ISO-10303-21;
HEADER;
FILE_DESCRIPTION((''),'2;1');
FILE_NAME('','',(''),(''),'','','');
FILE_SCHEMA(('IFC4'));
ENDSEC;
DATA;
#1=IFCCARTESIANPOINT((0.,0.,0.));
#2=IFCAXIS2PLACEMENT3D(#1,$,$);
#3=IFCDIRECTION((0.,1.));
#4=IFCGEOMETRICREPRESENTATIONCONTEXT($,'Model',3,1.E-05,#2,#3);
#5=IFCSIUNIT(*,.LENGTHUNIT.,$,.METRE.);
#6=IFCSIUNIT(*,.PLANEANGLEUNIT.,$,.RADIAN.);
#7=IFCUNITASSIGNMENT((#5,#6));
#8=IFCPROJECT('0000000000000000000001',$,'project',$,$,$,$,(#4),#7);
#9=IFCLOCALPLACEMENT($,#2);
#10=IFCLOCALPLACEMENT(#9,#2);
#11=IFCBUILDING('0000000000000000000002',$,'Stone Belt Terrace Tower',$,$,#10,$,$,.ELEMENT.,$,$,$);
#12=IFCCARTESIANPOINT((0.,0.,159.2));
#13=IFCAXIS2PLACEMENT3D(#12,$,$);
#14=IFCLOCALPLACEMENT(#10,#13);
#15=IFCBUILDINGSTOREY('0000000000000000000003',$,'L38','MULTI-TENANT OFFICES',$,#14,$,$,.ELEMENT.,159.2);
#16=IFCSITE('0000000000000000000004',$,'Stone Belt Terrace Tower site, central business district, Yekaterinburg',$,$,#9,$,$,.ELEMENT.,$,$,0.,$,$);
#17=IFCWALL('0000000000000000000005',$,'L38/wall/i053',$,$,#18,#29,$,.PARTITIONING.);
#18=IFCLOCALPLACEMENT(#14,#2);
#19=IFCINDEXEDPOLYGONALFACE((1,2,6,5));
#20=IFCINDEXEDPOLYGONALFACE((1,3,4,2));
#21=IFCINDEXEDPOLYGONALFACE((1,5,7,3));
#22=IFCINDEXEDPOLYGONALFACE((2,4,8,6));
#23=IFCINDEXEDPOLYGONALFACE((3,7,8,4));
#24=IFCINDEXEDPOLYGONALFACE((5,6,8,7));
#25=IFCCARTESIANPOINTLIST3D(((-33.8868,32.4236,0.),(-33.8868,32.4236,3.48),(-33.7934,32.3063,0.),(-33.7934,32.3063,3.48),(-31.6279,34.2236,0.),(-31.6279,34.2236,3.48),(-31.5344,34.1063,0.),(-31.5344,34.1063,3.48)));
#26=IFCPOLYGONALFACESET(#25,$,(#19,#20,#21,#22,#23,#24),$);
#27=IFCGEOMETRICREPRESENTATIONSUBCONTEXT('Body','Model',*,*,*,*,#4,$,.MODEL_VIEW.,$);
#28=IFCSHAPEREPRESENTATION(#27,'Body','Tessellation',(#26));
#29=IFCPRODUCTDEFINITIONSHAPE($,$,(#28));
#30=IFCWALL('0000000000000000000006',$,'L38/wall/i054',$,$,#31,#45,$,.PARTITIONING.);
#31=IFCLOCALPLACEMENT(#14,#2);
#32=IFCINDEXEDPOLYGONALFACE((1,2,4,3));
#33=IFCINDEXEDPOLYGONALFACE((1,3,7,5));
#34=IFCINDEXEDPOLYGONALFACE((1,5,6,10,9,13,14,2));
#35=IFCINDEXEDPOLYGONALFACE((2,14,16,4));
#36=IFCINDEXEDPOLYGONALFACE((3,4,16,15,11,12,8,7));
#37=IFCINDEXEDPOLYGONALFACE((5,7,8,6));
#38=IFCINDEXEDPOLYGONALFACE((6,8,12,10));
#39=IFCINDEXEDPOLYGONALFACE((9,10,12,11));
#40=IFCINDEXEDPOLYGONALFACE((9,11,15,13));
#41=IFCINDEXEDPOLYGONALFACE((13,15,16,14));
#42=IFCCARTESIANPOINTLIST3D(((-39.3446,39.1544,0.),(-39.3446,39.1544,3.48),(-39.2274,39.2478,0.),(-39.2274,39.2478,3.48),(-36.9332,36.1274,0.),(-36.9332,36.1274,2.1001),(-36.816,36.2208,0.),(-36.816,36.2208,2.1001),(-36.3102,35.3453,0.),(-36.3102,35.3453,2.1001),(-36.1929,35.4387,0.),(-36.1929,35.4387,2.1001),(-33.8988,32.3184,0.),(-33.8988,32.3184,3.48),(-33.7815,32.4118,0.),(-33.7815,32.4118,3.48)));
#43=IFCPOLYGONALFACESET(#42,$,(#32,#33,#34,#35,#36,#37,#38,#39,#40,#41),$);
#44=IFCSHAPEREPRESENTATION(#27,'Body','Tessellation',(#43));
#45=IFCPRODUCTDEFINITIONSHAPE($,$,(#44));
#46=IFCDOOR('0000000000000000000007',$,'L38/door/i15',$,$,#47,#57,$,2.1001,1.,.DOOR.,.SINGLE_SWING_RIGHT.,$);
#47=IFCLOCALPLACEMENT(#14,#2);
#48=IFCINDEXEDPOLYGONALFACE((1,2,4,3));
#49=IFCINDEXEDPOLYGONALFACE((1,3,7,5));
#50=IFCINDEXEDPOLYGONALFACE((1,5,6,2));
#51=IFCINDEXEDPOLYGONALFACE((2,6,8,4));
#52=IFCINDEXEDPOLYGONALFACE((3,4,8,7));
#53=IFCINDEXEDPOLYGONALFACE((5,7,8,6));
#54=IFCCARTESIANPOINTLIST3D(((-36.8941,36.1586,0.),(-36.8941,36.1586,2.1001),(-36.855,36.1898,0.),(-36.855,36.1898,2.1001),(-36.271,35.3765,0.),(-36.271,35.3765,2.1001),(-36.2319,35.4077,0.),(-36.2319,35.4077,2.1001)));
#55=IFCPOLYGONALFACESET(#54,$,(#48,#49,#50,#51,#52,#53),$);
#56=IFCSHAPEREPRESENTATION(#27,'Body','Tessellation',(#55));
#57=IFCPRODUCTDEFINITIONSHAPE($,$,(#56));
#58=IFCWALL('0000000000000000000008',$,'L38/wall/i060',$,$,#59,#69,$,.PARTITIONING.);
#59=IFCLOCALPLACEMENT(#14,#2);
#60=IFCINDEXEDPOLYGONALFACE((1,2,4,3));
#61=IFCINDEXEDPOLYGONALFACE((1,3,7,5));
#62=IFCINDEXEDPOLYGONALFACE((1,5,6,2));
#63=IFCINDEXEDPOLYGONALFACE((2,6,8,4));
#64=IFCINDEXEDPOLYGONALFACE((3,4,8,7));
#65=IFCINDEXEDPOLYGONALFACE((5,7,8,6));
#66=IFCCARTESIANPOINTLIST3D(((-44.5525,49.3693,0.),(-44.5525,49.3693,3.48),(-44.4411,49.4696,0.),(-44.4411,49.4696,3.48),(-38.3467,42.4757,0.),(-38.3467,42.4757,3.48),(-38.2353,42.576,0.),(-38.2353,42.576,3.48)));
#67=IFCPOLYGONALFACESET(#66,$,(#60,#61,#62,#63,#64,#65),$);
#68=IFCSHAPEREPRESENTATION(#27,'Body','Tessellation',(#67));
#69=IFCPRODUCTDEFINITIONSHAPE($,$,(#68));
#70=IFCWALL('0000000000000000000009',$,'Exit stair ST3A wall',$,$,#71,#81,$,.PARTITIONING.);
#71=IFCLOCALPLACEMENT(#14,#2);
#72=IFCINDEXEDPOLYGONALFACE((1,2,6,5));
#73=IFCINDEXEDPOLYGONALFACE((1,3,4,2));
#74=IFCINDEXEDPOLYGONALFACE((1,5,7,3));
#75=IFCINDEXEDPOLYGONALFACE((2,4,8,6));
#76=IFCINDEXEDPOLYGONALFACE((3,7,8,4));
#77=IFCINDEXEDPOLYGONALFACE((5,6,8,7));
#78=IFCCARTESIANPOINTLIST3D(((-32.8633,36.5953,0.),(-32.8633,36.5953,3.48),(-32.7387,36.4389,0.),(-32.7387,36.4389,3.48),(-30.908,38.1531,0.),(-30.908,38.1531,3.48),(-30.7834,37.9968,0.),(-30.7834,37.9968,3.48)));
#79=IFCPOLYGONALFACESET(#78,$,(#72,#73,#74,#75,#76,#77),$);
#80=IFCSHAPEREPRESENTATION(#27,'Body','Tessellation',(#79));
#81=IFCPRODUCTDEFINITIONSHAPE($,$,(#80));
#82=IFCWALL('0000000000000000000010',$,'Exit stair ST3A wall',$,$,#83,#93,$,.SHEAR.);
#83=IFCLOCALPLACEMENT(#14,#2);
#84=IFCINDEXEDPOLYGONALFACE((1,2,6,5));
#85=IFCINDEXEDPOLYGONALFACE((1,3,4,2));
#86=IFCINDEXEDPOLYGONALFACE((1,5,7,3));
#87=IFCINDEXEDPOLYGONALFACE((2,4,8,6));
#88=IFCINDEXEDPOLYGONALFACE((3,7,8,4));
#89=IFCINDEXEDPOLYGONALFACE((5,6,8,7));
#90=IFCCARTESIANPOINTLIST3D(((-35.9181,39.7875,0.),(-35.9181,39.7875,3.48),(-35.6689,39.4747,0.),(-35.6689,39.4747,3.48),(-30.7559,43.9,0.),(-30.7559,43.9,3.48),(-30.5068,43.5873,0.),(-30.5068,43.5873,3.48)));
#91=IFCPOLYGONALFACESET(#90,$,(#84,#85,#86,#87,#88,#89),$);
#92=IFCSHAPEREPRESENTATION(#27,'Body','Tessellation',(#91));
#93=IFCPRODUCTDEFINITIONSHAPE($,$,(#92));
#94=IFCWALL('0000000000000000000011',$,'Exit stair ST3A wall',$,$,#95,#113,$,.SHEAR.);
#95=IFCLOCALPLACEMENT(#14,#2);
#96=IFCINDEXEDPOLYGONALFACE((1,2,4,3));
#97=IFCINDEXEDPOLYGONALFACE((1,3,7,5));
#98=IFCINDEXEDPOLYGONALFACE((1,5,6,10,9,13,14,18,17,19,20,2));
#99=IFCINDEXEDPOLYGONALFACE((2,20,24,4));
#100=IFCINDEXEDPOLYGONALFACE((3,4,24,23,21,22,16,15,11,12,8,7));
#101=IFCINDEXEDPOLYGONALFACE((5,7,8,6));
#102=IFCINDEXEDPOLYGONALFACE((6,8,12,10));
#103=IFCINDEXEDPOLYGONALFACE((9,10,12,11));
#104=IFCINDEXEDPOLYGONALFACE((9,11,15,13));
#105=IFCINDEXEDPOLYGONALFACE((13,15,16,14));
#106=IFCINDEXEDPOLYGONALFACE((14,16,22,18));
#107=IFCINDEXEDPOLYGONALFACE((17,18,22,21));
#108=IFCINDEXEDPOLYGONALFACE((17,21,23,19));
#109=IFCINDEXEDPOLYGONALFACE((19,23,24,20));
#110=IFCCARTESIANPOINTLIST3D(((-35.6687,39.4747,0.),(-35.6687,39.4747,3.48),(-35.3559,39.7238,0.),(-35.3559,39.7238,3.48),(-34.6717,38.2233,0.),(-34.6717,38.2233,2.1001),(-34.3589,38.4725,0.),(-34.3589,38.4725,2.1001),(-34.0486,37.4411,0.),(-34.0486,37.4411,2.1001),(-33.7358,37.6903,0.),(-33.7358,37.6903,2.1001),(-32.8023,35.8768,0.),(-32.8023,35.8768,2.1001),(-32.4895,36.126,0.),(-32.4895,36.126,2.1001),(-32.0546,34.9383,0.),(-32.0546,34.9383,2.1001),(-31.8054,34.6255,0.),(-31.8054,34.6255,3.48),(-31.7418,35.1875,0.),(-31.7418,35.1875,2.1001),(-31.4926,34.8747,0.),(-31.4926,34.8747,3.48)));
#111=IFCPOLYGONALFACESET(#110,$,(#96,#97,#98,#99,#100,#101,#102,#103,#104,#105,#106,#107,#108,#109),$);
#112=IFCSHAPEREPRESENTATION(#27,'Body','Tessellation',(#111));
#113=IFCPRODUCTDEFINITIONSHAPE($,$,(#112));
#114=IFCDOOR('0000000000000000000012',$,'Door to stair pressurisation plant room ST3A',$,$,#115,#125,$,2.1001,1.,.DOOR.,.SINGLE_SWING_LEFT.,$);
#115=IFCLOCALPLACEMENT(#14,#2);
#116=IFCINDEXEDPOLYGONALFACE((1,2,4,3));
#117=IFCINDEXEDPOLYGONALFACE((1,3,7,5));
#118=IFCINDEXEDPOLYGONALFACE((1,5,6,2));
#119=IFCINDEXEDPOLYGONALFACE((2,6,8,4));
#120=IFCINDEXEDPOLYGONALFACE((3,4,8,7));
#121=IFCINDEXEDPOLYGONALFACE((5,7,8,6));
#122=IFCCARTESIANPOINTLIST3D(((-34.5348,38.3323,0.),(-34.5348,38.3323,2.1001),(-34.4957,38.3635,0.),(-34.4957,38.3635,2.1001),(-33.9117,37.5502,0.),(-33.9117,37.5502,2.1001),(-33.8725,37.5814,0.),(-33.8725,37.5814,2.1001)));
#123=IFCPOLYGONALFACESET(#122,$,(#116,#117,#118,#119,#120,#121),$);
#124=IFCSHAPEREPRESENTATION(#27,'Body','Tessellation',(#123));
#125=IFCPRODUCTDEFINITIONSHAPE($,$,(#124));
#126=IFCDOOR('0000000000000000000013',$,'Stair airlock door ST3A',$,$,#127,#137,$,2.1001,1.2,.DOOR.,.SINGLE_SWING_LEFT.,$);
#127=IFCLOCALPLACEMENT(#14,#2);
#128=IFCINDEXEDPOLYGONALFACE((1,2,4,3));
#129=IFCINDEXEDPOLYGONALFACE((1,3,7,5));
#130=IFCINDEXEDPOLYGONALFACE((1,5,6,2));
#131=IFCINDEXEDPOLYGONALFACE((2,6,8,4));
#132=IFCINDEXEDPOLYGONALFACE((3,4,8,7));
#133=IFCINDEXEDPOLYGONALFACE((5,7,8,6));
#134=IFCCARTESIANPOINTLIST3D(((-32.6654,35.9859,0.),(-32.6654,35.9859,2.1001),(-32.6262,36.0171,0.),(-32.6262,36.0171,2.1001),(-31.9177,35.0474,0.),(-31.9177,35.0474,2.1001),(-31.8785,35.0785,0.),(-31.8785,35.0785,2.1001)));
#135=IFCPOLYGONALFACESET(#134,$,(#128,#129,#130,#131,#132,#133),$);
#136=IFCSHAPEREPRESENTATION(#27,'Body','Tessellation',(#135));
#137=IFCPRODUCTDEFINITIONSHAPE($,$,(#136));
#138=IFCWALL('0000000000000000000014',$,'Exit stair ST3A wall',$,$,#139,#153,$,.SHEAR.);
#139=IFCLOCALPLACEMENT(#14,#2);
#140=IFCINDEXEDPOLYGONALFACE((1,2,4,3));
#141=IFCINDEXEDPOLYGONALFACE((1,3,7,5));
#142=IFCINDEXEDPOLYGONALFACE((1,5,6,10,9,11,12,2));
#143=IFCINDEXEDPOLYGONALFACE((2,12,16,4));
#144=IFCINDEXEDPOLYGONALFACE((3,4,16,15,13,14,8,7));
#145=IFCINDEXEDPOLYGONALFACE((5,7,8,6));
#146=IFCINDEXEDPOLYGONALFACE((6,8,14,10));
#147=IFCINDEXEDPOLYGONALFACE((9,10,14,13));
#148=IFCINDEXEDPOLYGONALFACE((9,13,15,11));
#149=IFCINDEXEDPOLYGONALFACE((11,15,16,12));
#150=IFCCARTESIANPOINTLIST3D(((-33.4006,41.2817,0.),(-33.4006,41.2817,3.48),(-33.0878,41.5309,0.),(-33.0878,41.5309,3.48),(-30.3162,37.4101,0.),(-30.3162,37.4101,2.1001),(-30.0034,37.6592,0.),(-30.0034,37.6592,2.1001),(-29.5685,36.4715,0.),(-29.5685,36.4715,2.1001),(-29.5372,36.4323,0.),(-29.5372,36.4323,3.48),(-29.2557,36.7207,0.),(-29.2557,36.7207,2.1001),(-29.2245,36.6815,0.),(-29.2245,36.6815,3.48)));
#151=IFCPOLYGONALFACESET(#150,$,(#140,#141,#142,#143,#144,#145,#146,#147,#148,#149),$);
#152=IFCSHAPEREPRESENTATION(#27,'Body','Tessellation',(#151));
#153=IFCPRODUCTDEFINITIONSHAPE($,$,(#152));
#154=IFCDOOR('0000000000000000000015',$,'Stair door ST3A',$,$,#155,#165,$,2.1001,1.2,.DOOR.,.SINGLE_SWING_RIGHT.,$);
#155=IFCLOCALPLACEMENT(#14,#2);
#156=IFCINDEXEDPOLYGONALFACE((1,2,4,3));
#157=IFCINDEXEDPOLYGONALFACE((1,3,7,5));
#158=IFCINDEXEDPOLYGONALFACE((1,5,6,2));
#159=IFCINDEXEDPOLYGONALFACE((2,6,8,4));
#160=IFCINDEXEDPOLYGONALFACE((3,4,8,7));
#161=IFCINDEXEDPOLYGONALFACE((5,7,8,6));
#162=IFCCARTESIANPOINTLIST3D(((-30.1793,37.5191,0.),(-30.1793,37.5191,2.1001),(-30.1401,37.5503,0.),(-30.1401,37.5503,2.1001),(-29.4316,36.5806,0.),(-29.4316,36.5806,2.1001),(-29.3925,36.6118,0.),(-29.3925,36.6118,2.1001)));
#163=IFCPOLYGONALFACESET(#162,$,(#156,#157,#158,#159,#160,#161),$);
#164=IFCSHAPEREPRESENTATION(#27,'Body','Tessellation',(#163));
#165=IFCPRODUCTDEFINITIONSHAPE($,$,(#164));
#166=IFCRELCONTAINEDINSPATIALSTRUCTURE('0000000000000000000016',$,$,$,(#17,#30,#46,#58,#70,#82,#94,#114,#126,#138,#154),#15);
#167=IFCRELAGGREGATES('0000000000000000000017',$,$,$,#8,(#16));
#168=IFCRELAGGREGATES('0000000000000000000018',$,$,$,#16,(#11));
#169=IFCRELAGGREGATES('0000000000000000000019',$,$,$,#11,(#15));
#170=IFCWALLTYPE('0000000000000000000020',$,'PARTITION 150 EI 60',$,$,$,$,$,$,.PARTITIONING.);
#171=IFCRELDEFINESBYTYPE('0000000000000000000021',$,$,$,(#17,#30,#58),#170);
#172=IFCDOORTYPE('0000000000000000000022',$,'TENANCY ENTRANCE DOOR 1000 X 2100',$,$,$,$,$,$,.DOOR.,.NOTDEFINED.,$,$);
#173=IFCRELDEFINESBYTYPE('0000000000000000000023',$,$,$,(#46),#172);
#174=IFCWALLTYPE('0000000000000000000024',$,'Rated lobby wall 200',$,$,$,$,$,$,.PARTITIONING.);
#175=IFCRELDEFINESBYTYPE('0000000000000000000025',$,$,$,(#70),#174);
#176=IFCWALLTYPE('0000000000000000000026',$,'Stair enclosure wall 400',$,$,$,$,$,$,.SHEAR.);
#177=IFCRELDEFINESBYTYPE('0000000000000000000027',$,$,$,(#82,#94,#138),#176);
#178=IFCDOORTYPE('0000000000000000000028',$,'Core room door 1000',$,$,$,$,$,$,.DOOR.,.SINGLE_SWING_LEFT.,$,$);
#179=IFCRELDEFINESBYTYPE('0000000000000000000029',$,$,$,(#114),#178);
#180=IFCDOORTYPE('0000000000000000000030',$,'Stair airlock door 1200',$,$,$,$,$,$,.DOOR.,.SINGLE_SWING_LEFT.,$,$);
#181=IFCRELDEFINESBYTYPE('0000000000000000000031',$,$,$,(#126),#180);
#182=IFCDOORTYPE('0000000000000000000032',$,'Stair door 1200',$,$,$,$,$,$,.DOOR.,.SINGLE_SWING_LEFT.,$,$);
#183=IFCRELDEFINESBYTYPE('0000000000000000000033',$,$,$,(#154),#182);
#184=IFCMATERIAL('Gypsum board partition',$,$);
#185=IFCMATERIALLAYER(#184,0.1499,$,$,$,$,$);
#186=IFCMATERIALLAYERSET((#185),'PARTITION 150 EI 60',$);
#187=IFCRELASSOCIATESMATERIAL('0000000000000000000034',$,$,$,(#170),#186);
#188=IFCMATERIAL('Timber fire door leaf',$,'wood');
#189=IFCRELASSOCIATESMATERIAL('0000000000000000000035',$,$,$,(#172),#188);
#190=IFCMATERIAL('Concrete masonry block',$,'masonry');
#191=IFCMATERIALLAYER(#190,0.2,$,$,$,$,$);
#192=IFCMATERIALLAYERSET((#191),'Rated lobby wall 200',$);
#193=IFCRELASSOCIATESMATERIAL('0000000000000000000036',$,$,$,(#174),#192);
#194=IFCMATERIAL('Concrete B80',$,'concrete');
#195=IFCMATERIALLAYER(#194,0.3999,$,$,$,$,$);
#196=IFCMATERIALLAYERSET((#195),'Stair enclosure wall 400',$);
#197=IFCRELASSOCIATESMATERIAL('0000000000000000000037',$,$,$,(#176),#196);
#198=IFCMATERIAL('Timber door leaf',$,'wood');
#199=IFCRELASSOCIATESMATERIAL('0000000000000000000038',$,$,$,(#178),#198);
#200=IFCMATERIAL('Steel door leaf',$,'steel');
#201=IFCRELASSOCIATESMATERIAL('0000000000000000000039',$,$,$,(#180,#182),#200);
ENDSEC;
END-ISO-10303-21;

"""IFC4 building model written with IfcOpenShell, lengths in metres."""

from ifc_helpers import new_model, si_unit, direction, frame, frame_2d, origin, place, context, subcontext, project, spatial, rectangle, extrude, material, layer, layer_set, type_object, element, fill, save


model = new_model("IFC4")

# Units and contexts
model_context = context("Model", 3, precision=1e-05, world=origin(), true_north=direction((0.0, 1.0)))
body_context = subcontext(model_context, "Body", "Model", "MODEL_VIEW")
ifc_project = project(units=[si_unit("LENGTHUNIT", "METRE"), si_unit("PLANEANGLEUNIT", "RADIAN")], contexts=[model_context])

# Site, building, storey
site_placement = place(None, origin())
site = spatial("IfcSite", under=ifc_project, at=site_placement, Name="Stone Belt Terrace Tower site, central business district, Yekaterinburg", CompositionType="ELEMENT", RefElevation=0.0)
building_placement = place(site_placement, origin())
building = spatial("IfcBuilding", under=site, at=building_placement, Name="Stone Belt Terrace Tower", CompositionType="ELEMENT")
storey_placement = place(building_placement, frame((0.0, 0.0, 159.2)))
storey = spatial("IfcBuildingStorey", under=building, at=storey_placement, Name="L38", Description="MULTI-TENANT OFFICES", CompositionType="ELEMENT", Elevation=159.2)

# Shared definitions
ifc_material_1 = material(Name="Concrete B80", Category="concrete")

# Wall
ifc_material_2 = material(Name="Gypsum board partition")
ifc_layer_1 = layer(ifc_material_2, 0.1499)
ifc_layer_set_1 = layer_set([ifc_layer_1], Name="PARTITION 150 EI 60")
wall_type_1 = type_object("IfcWallType", Name="PARTITION 150 EI 60", PredefinedType="PARTITIONING", material=ifc_layer_set_1)
wall_1_placement = place(storey_placement, frame((-31.5811, 34.165, 0.0), z_axis=(0.0, 0.0, 1.0), x_axis=(-0.78208, -0.623179, 0.0)))
element("IfcWall", 1, at=wall_1_placement, inside=storey, type_object=wall_type_1, Name="L38/wall/i053", PredefinedType="PARTITIONING", context=body_context, shape_type="SweptSolid", body=[
    extrude(rectangle(XDim=2.8884, YDim=0.1499, at=frame_2d((1.4443, 0.0))), origin(), (0.0, 0.0, 1.0), 3.48),
])

# Wall, opening, door
wall_2_placement = place(storey_placement, frame((-33.8401, 32.365, 0.0), z_axis=(0.0, 0.0, 1.0), x_axis=(-0.623093, 0.782148, 0.0)))
wall_2 = element("IfcWall", 2, at=wall_2_placement, inside=storey, type_object=wall_type_1, Name="L38/wall/i054", PredefinedType="PARTITIONING", context=body_context, shape_type="SweptSolid", body=[
    extrude(rectangle(XDim=8.74, YDim=0.1499, at=frame_2d((4.3701, 0.0))), origin(), (0.0, 0.0, 1.0), 3.48),
])
opening_1_placement = place(wall_2_placement, frame((3.8701, 0.0, 0.0)))
opening_1 = element("IfcOpeningElement", 3, at=opening_1_placement, cuts=wall_2, PredefinedType="OPENING", context=body_context, shape_type="SweptSolid", body=[
    extrude(rectangle(XDim=1.0, YDim=2.1001, at=frame_2d((0.5, 1.05))), frame((0.0, 0.085, 0.0), z_axis=(0.0, -1.0, 0.0), x_axis=(1.0, 0.0, 0.0)), (0.0, 0.0, 1.0), 0.1699),
])
ifc_material_3 = material(Name="Timber fire door leaf", Category="wood")
door_type_1 = type_object("IfcDoorType", Name="TENANCY ENTRANCE DOOR 1000 X 2100", OperationType="NOTDEFINED", PredefinedType="DOOR", material=ifc_material_3)
door_1_placement = place(opening_1_placement, origin())
door_1 = element("IfcDoor", 4, at=door_1_placement, inside=storey, type_object=door_type_1, Name="L38/door/i15", OperationType="SINGLE_SWING_RIGHT", OverallHeight=2.1001, OverallWidth=1.0, PredefinedType="DOOR", context=body_context, shape_type="SweptSolid", body=[
    extrude(rectangle(XDim=1.0, YDim=2.1001, at=frame_2d((0.5, 1.05))), frame((0.0, 0.0249, 0.0), z_axis=(0.0, -1.0, 0.0), x_axis=(1.0, 0.0, 0.0)), (0.0, 0.0, 1.0), 0.05),
])
fill(opening_1, door_1)

# Walls
wall_3_placement = place(storey_placement, frame((-38.291, 42.5259, 0.0), z_axis=(0.0, 0.0, 1.0), x_axis=(-0.669061, 0.743208, 0.0)))
element("IfcWall", 5, at=wall_3_placement, inside=storey, type_object=wall_type_1, Name="L38/wall/i060", PredefinedType="PARTITIONING", context=body_context, shape_type="SweptSolid", body=[
    extrude(rectangle(XDim=9.2754, YDim=0.1499, at=frame_2d((4.6377, 0.0))), origin(), (0.0, 0.0, 1.0), 3.48),
])
ifc_material_4 = material(Name="Concrete masonry block", Category="masonry")
ifc_layer_2 = layer(ifc_material_4, 0.2)
ifc_layer_set_2 = layer_set([ifc_layer_2], Name="Rated lobby wall 200")
wall_type_2 = type_object("IfcWallType", Name="Rated lobby wall 200", PredefinedType="PARTITIONING", material=ifc_layer_set_2)
wall_4_placement = place(storey_placement, frame((-30.8457, 38.075, 0.0), z_axis=(0.0, 0.0, 1.0), x_axis=(-0.782115, -0.623134, 0.0)))
element("IfcWall", 6, at=wall_4_placement, inside=storey, type_object=wall_type_2, Name="Exit stair ST3A wall", PredefinedType="PARTITIONING", context=body_context, shape_type="SweptSolid", body=[
    extrude(rectangle(XDim=2.5, YDim=0.2, at=frame_2d((1.25, 0.0))), origin(), (0.0, 0.0, 1.0), 3.48),
])
ifc_layer_3 = layer(ifc_material_1, 0.3999)
ifc_layer_set_3 = layer_set([ifc_layer_3], Name="Stair enclosure wall 400")
wall_type_3 = type_object("IfcWallType", Name="Stair enclosure wall 400", PredefinedType="SHEAR", material=ifc_layer_set_3)
wall_5_placement = place(storey_placement, frame((-30.6313, 43.7437, 0.0), z_axis=(0.0, 0.0, 1.0), x_axis=(-0.782134, -0.62311, 0.0)))
element("IfcWall", 7, at=wall_5_placement, inside=storey, type_object=wall_type_3, Name="Exit stair ST3A wall", PredefinedType="SHEAR", context=body_context, shape_type="SweptSolid", body=[
    extrude(rectangle(XDim=6.6001, YDim=0.3999, at=frame_2d((3.3, 0.0))), origin(), (0.0, 0.0, 1.0), 3.48),
])

# Wall, openings, doors
wall_6_placement = place(storey_placement, frame((-31.6489, 34.75, 0.0), z_axis=(0.0, 0.0, 1.0), x_axis=(-0.623119, 0.782127, 0.0)))
wall_6 = element("IfcWall", 8, at=wall_6_placement, inside=storey, type_object=wall_type_3, Name="Exit stair ST3A wall", PredefinedType="SHEAR", context=body_context, shape_type="SweptSolid", body=[
    extrude(rectangle(XDim=6.2, YDim=0.3999, at=frame_2d((3.1001, 0.0))), origin(), (0.0, 0.0, 1.0), 3.48),
])
opening_2_placement = place(wall_6_placement, frame((0.3999, 0.0, 0.0)))
opening_2 = element("IfcOpeningElement", 9, at=opening_2_placement, cuts=wall_6, PredefinedType="OPENING", context=body_context, shape_type="SweptSolid", body=[
    extrude(rectangle(XDim=1.2, YDim=2.1001, at=frame_2d((0.6001, 1.05))), frame((0.0, 0.21, 0.0), z_axis=(0.0, -1.0, 0.0), x_axis=(1.0, 0.0, 0.0)), (0.0, 0.0, 1.0), 0.4199),
])
opening_3_placement = place(wall_6_placement, frame((3.6001, 0.0, 0.0)))
opening_3 = element("IfcOpeningElement", 10, at=opening_3_placement, cuts=wall_6, PredefinedType="OPENING", context=body_context, shape_type="SweptSolid", body=[
    extrude(rectangle(XDim=1.0, YDim=2.1001, at=frame_2d((0.5, 1.05))), frame((0.0, 0.21, 0.0), z_axis=(0.0, -1.0, 0.0), x_axis=(1.0, 0.0, 0.0)), (0.0, 0.0, 1.0), 0.4199),
])
ifc_material_5 = material(Name="Timber door leaf", Category="wood")
door_type_2 = type_object("IfcDoorType", Name="Core room door 1000", OperationType="SINGLE_SWING_LEFT", PredefinedType="DOOR", material=ifc_material_5)
door_2_placement = place(opening_3_placement, origin())
door_2 = element("IfcDoor", 11, at=door_2_placement, inside=storey, type_object=door_type_2, Name="Door to stair pressurisation plant room ST3A", OperationType="SINGLE_SWING_LEFT", OverallHeight=2.1001, OverallWidth=1.0, PredefinedType="DOOR", context=body_context, shape_type="SweptSolid", body=[
    extrude(rectangle(XDim=1.0, YDim=2.1001, at=frame_2d((0.5, 1.05))), frame((0.0, 0.0249, 0.0), z_axis=(0.0, -1.0, 0.0), x_axis=(1.0, 0.0, 0.0)), (0.0, 0.0, 1.0), 0.05),
])
fill(opening_3, door_2)
ifc_material_6 = material(Name="Steel door leaf", Category="steel")
door_type_3 = type_object("IfcDoorType", Name="Stair airlock door 1200", OperationType="SINGLE_SWING_LEFT", PredefinedType="DOOR", material=ifc_material_6)
door_3_placement = place(opening_2_placement, origin())
door_3 = element("IfcDoor", 12, at=door_3_placement, inside=storey, type_object=door_type_3, Name="Stair airlock door ST3A", OperationType="SINGLE_SWING_LEFT", OverallHeight=2.1001, OverallWidth=1.2, PredefinedType="DOOR", context=body_context, shape_type="SweptSolid", body=[
    extrude(rectangle(XDim=1.2, YDim=2.1001, at=frame_2d((0.6001, 1.05))), frame((0.0, 0.0249, 0.0), z_axis=(0.0, -1.0, 0.0), x_axis=(1.0, 0.0, 0.0)), (0.0, 0.0, 1.0), 0.05),
])
fill(opening_2, door_3)

# Wall, opening, door
wall_7_placement = place(storey_placement, frame((-29.3809, 36.5569, 0.0), z_axis=(0.0, 0.0, 1.0), x_axis=(-0.623099, 0.782143, 0.0)))
wall_7 = element("IfcWall", 13, at=wall_7_placement, inside=storey, type_object=wall_type_3, Name="Exit stair ST3A wall", PredefinedType="SHEAR", context=body_context, shape_type="SweptSolid", body=[
    extrude(rectangle(XDim=6.2002, YDim=0.3999, at=frame_2d((3.1001, 0.0))), origin(), (0.0, 0.0, 1.0), 3.48),
])
opening_4_placement = place(wall_7_placement, frame((0.05, 0.0, 0.0)))
opening_4 = element("IfcOpeningElement", 14, at=opening_4_placement, cuts=wall_7, PredefinedType="OPENING", context=body_context, shape_type="SweptSolid", body=[
    extrude(rectangle(XDim=1.2, YDim=2.1001, at=frame_2d((0.6001, 1.05))), frame((0.0, 0.21, 0.0), z_axis=(0.0, -1.0, 0.0), x_axis=(1.0, 0.0, 0.0)), (0.0, 0.0, 1.0), 0.4199),
])
door_type_4 = type_object("IfcDoorType", Name="Stair door 1200", OperationType="SINGLE_SWING_LEFT", PredefinedType="DOOR", material=ifc_material_6)
door_4_placement = place(opening_4_placement, origin())
door_4 = element("IfcDoor", 15, at=door_4_placement, inside=storey, type_object=door_type_4, Name="Stair door ST3A", OperationType="SINGLE_SWING_RIGHT", OverallHeight=2.1001, OverallWidth=1.2, PredefinedType="DOOR", context=body_context, shape_type="SweptSolid", body=[
    extrude(rectangle(XDim=1.2, YDim=2.1001, at=frame_2d((0.6001, 1.05))), frame((0.0, 0.0249, 0.0), z_axis=(0.0, -1.0, 0.0), x_axis=(1.0, 0.0, 0.0)), (0.0, 0.0, 1.0), 0.05),
])
fill(opening_4, door_4)

save(model, "model.ifc")
